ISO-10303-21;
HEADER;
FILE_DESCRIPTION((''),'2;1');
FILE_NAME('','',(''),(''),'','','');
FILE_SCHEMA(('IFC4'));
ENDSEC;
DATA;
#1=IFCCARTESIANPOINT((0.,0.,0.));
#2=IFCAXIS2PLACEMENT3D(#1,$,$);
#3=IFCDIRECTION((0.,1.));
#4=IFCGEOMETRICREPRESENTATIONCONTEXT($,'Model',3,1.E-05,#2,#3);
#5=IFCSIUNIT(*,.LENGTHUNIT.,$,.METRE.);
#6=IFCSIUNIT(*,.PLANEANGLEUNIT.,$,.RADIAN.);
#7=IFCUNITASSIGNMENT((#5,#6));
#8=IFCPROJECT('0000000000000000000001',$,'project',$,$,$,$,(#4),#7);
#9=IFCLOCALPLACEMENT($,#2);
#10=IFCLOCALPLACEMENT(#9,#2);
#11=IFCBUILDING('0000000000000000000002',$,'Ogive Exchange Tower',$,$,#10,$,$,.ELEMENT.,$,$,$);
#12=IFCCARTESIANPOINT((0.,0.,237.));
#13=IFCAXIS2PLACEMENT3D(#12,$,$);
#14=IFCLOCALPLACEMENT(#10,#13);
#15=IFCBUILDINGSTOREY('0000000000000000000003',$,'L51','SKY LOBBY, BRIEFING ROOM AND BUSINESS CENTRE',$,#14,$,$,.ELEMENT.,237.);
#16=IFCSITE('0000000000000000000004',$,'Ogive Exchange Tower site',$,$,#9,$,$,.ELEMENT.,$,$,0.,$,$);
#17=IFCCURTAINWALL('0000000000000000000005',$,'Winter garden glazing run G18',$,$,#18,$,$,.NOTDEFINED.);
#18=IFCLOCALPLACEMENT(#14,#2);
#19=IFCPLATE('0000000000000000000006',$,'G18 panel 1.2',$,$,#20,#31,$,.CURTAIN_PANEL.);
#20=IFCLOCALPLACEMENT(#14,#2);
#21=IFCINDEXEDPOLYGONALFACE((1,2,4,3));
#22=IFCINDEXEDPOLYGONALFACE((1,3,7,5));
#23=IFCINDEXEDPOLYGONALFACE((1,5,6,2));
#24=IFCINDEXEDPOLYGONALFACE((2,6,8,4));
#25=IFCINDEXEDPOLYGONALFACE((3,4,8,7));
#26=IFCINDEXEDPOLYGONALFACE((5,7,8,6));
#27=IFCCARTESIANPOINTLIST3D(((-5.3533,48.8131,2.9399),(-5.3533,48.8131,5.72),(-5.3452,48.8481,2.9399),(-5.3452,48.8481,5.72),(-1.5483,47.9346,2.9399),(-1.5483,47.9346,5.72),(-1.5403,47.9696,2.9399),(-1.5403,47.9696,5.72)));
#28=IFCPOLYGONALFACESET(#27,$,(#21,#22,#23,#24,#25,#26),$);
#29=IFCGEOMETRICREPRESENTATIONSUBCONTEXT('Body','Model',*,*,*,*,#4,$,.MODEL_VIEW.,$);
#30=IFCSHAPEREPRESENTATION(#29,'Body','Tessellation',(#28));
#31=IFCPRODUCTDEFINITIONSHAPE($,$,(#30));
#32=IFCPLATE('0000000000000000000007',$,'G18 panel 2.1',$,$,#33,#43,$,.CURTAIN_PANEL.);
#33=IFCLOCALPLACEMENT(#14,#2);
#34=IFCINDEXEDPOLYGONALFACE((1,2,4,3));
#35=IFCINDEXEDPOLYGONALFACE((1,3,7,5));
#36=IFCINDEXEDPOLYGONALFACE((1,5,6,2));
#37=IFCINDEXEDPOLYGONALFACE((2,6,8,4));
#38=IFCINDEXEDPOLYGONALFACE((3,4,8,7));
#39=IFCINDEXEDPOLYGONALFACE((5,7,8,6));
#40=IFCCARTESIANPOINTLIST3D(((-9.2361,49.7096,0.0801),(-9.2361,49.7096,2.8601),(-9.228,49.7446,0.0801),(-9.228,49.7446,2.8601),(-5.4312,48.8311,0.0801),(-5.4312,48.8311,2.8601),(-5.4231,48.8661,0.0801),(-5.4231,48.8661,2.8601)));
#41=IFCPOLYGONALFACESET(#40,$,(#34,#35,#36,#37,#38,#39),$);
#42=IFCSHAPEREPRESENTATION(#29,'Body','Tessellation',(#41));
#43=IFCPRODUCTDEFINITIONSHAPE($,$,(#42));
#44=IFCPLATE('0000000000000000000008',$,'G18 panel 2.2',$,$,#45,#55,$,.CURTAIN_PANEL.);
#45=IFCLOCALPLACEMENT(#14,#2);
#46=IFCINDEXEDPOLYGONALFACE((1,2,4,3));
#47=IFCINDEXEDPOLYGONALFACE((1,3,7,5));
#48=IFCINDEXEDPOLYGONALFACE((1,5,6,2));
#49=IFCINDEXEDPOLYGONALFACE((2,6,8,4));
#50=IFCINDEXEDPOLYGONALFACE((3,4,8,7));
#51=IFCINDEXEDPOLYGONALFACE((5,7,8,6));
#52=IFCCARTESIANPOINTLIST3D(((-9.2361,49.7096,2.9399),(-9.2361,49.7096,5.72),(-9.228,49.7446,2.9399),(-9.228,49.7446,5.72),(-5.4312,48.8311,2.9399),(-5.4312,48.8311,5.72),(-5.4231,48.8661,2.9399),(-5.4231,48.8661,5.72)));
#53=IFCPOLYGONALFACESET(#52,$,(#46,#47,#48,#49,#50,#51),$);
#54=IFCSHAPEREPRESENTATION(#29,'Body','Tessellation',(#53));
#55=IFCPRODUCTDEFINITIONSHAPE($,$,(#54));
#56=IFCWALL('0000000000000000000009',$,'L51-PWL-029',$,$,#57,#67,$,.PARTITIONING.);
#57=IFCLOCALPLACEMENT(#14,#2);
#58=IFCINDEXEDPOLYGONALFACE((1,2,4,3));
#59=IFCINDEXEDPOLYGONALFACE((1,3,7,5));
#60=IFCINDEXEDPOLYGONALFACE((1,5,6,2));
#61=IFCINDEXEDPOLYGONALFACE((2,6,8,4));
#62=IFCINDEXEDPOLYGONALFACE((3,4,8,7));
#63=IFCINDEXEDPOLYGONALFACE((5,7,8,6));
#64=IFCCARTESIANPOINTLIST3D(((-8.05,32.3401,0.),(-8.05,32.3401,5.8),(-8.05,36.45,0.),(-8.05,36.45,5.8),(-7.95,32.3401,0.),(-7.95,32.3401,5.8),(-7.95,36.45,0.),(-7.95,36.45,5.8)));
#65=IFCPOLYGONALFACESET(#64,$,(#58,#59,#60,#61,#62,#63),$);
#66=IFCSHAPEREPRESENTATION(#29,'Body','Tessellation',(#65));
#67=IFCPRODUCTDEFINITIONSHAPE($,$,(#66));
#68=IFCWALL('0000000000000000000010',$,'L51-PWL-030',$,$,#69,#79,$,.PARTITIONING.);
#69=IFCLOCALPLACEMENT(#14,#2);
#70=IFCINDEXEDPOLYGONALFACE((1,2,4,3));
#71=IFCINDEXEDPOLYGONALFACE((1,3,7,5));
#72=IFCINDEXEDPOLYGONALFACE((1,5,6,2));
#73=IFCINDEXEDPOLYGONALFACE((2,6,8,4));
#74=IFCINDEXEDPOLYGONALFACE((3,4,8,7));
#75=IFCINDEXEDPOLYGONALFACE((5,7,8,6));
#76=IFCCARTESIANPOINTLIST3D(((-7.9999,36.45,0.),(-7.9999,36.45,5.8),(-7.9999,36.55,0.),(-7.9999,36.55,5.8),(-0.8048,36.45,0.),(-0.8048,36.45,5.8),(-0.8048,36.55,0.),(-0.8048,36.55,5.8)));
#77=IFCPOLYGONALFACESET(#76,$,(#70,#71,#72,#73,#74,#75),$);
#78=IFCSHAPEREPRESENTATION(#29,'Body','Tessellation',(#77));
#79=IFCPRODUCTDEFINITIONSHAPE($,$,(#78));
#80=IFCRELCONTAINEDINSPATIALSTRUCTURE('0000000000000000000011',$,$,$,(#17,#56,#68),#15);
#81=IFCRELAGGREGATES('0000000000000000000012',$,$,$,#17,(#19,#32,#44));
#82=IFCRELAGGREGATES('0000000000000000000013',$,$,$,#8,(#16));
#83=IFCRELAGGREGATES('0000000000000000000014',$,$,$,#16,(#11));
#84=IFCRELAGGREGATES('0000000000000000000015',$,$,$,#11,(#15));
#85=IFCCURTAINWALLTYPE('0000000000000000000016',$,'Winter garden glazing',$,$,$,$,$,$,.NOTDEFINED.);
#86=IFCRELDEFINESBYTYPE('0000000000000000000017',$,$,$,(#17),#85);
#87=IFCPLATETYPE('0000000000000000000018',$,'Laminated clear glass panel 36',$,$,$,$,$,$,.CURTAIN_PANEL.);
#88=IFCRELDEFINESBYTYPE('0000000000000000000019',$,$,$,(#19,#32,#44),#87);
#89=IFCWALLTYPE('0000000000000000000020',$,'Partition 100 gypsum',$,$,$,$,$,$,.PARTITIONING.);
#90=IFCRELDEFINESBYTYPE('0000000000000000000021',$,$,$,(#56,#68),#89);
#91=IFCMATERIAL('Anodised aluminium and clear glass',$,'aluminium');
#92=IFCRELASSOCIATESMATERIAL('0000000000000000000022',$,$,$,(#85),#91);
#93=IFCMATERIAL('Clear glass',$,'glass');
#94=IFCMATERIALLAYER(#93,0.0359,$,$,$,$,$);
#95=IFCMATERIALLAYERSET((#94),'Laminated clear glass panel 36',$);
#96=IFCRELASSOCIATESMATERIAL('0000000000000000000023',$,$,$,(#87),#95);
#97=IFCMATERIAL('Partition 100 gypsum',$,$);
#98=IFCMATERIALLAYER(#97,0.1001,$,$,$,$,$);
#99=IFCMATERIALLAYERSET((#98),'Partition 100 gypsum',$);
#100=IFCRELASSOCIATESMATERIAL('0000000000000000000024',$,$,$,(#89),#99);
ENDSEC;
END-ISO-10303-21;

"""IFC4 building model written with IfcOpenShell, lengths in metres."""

from ifc_helpers import new_model, si_unit, direction, frame, frame_2d, origin, origin_2d, place, context, subcontext, project, spatial, rectangle, extrude, material, layer, layer_set, type_object, element, aggregate, save


model = new_model("IFC4")

# Units and contexts
model_context = context("Model", 3, precision=1e-05, world=origin(), true_north=direction((0.0, 1.0)))
body_context = subcontext(model_context, "Body", "Model", "MODEL_VIEW")
ifc_project = project(units=[si_unit("LENGTHUNIT", "METRE"), si_unit("PLANEANGLEUNIT", "RADIAN")], contexts=[model_context])

# Site, building, storey
site_placement = place(None, origin())
site = spatial("IfcSite", under=ifc_project, at=site_placement, Name="Ogive Exchange Tower site", CompositionType="ELEMENT", RefElevation=0.0)
building_placement = place(site_placement, origin())
building = spatial("IfcBuilding", under=site, at=building_placement, Name="Ogive Exchange Tower", CompositionType="ELEMENT")
storey_placement = place(building_placement, frame((0.0, 0.0, 237.0)))
storey = spatial("IfcBuildingStorey", under=building, at=storey_placement, Name="L51", Description="SKY LOBBY, BRIEFING ROOM AND BUSINESS CENTRE", CompositionType="ELEMENT", Elevation=237.0)

# Shared definitions
ifc_material_1 = material(Name="Anodised aluminium and clear glass", Category="aluminium")
curtain_wall_type = type_object("IfcCurtainWallType", Name="Winter garden glazing", PredefinedType="NOTDEFINED", material=ifc_material_1)

# Curtain wall, plates
curtain_wall_1_placement = place(storey_placement, origin())
curtain_wall_1 = element("IfcCurtainWall", 1, at=curtain_wall_1_placement, inside=storey, type_object=curtain_wall_type, Name="Winter garden glazing run G18", PredefinedType="NOTDEFINED")
ifc_material_2 = material(Name="Clear glass", Category="glass")
ifc_layer_1 = layer(ifc_material_2, 0.0359)
ifc_layer_set_1 = layer_set([ifc_layer_1], Name="Laminated clear glass panel 36")
plate_type = type_object("IfcPlateType", Name="Laminated clear glass panel 36", PredefinedType="CURTAIN_PANEL", material=ifc_layer_set_1)
plate_1_placement = place(storey_placement, frame((-3.4468, 48.3914, 2.9399), z_axis=(0.0, 0.0, 1.0), x_axis=(-0.974369, 0.224956, 0.0)))
plate_1 = element("IfcPlate", 2, at=plate_1_placement, type_object=plate_type, Name="G18 panel 1.2", PredefinedType="CURTAIN_PANEL", context=body_context, shape_type="SweptSolid", body=[
    extrude(rectangle(XDim=3.905, YDim=0.0359, at=origin_2d()), origin(), (0.0, 0.0, 1.0), 2.78),
])
plate_2_placement = place(storey_placement, frame((-7.3296, 49.2878, 0.0801), z_axis=(0.0, 0.0, 1.0), x_axis=(-0.974369, 0.224956, 0.0)))
plate_2 = element("IfcPlate", 3, at=plate_2_placement, type_object=plate_type, Name="G18 panel 2.1", PredefinedType="CURTAIN_PANEL", context=body_context, shape_type="SweptSolid", body=[
    extrude(rectangle(XDim=3.905, YDim=0.0359, at=origin_2d()), origin(), (0.0, 0.0, 1.0), 2.78),
])
plate_3_placement = place(storey_placement, frame((-7.3296, 49.2878, 2.9399), z_axis=(0.0, 0.0, 1.0), x_axis=(-0.974369, 0.224956, 0.0)))
plate_3 = element("IfcPlate", 4, at=plate_3_placement, type_object=plate_type, Name="G18 panel 2.2", PredefinedType="CURTAIN_PANEL", context=body_context, shape_type="SweptSolid", body=[
    extrude(rectangle(XDim=3.905, YDim=0.0359, at=origin_2d()), origin(), (0.0, 0.0, 1.0), 2.78),
])
aggregate(curtain_wall_1, [plate_1, plate_2, plate_3])

# Walls
ifc_material_3 = material(Name="Partition 100 gypsum")
ifc_layer_2 = layer(ifc_material_3, 0.1001)
ifc_layer_set_2 = layer_set([ifc_layer_2], Name="Partition 100 gypsum")
wall_type = type_object("IfcWallType", Name="Partition 100 gypsum", PredefinedType="PARTITIONING", material=ifc_layer_set_2)
wall_1_placement = place(storey_placement, frame((-8.0, 36.45, 0.0), z_axis=(0.0, 0.0, 1.0), x_axis=(0.0, -1.0, 0.0)))
element("IfcWall", 5, at=wall_1_placement, inside=storey, type_object=wall_type, Name="L51-PWL-029", PredefinedType="PARTITIONING", context=body_context, shape_type="SweptSolid", body=[
    extrude(rectangle(XDim=4.1099, YDim=0.1001, at=frame_2d((2.0549, 0.0))), origin(), (0.0, 0.0, 1.0), 5.8),
])
wall_2_placement = place(storey_placement, frame((-8.0, 36.5, 0.0), z_axis=(0.0, 0.0, 1.0), x_axis=(1.0, 0.0, 0.0)))
element("IfcWall", 6, at=wall_2_placement, inside=storey, type_object=wall_type, Name="L51-PWL-030", PredefinedType="PARTITIONING", context=body_context, shape_type="SweptSolid", body=[
    extrude(rectangle(XDim=7.1951, YDim=0.1001, at=frame_2d((3.5977, 0.0))), origin(), (0.0, 0.0, 1.0), 5.8),
])

save(model, "model.ifc")
